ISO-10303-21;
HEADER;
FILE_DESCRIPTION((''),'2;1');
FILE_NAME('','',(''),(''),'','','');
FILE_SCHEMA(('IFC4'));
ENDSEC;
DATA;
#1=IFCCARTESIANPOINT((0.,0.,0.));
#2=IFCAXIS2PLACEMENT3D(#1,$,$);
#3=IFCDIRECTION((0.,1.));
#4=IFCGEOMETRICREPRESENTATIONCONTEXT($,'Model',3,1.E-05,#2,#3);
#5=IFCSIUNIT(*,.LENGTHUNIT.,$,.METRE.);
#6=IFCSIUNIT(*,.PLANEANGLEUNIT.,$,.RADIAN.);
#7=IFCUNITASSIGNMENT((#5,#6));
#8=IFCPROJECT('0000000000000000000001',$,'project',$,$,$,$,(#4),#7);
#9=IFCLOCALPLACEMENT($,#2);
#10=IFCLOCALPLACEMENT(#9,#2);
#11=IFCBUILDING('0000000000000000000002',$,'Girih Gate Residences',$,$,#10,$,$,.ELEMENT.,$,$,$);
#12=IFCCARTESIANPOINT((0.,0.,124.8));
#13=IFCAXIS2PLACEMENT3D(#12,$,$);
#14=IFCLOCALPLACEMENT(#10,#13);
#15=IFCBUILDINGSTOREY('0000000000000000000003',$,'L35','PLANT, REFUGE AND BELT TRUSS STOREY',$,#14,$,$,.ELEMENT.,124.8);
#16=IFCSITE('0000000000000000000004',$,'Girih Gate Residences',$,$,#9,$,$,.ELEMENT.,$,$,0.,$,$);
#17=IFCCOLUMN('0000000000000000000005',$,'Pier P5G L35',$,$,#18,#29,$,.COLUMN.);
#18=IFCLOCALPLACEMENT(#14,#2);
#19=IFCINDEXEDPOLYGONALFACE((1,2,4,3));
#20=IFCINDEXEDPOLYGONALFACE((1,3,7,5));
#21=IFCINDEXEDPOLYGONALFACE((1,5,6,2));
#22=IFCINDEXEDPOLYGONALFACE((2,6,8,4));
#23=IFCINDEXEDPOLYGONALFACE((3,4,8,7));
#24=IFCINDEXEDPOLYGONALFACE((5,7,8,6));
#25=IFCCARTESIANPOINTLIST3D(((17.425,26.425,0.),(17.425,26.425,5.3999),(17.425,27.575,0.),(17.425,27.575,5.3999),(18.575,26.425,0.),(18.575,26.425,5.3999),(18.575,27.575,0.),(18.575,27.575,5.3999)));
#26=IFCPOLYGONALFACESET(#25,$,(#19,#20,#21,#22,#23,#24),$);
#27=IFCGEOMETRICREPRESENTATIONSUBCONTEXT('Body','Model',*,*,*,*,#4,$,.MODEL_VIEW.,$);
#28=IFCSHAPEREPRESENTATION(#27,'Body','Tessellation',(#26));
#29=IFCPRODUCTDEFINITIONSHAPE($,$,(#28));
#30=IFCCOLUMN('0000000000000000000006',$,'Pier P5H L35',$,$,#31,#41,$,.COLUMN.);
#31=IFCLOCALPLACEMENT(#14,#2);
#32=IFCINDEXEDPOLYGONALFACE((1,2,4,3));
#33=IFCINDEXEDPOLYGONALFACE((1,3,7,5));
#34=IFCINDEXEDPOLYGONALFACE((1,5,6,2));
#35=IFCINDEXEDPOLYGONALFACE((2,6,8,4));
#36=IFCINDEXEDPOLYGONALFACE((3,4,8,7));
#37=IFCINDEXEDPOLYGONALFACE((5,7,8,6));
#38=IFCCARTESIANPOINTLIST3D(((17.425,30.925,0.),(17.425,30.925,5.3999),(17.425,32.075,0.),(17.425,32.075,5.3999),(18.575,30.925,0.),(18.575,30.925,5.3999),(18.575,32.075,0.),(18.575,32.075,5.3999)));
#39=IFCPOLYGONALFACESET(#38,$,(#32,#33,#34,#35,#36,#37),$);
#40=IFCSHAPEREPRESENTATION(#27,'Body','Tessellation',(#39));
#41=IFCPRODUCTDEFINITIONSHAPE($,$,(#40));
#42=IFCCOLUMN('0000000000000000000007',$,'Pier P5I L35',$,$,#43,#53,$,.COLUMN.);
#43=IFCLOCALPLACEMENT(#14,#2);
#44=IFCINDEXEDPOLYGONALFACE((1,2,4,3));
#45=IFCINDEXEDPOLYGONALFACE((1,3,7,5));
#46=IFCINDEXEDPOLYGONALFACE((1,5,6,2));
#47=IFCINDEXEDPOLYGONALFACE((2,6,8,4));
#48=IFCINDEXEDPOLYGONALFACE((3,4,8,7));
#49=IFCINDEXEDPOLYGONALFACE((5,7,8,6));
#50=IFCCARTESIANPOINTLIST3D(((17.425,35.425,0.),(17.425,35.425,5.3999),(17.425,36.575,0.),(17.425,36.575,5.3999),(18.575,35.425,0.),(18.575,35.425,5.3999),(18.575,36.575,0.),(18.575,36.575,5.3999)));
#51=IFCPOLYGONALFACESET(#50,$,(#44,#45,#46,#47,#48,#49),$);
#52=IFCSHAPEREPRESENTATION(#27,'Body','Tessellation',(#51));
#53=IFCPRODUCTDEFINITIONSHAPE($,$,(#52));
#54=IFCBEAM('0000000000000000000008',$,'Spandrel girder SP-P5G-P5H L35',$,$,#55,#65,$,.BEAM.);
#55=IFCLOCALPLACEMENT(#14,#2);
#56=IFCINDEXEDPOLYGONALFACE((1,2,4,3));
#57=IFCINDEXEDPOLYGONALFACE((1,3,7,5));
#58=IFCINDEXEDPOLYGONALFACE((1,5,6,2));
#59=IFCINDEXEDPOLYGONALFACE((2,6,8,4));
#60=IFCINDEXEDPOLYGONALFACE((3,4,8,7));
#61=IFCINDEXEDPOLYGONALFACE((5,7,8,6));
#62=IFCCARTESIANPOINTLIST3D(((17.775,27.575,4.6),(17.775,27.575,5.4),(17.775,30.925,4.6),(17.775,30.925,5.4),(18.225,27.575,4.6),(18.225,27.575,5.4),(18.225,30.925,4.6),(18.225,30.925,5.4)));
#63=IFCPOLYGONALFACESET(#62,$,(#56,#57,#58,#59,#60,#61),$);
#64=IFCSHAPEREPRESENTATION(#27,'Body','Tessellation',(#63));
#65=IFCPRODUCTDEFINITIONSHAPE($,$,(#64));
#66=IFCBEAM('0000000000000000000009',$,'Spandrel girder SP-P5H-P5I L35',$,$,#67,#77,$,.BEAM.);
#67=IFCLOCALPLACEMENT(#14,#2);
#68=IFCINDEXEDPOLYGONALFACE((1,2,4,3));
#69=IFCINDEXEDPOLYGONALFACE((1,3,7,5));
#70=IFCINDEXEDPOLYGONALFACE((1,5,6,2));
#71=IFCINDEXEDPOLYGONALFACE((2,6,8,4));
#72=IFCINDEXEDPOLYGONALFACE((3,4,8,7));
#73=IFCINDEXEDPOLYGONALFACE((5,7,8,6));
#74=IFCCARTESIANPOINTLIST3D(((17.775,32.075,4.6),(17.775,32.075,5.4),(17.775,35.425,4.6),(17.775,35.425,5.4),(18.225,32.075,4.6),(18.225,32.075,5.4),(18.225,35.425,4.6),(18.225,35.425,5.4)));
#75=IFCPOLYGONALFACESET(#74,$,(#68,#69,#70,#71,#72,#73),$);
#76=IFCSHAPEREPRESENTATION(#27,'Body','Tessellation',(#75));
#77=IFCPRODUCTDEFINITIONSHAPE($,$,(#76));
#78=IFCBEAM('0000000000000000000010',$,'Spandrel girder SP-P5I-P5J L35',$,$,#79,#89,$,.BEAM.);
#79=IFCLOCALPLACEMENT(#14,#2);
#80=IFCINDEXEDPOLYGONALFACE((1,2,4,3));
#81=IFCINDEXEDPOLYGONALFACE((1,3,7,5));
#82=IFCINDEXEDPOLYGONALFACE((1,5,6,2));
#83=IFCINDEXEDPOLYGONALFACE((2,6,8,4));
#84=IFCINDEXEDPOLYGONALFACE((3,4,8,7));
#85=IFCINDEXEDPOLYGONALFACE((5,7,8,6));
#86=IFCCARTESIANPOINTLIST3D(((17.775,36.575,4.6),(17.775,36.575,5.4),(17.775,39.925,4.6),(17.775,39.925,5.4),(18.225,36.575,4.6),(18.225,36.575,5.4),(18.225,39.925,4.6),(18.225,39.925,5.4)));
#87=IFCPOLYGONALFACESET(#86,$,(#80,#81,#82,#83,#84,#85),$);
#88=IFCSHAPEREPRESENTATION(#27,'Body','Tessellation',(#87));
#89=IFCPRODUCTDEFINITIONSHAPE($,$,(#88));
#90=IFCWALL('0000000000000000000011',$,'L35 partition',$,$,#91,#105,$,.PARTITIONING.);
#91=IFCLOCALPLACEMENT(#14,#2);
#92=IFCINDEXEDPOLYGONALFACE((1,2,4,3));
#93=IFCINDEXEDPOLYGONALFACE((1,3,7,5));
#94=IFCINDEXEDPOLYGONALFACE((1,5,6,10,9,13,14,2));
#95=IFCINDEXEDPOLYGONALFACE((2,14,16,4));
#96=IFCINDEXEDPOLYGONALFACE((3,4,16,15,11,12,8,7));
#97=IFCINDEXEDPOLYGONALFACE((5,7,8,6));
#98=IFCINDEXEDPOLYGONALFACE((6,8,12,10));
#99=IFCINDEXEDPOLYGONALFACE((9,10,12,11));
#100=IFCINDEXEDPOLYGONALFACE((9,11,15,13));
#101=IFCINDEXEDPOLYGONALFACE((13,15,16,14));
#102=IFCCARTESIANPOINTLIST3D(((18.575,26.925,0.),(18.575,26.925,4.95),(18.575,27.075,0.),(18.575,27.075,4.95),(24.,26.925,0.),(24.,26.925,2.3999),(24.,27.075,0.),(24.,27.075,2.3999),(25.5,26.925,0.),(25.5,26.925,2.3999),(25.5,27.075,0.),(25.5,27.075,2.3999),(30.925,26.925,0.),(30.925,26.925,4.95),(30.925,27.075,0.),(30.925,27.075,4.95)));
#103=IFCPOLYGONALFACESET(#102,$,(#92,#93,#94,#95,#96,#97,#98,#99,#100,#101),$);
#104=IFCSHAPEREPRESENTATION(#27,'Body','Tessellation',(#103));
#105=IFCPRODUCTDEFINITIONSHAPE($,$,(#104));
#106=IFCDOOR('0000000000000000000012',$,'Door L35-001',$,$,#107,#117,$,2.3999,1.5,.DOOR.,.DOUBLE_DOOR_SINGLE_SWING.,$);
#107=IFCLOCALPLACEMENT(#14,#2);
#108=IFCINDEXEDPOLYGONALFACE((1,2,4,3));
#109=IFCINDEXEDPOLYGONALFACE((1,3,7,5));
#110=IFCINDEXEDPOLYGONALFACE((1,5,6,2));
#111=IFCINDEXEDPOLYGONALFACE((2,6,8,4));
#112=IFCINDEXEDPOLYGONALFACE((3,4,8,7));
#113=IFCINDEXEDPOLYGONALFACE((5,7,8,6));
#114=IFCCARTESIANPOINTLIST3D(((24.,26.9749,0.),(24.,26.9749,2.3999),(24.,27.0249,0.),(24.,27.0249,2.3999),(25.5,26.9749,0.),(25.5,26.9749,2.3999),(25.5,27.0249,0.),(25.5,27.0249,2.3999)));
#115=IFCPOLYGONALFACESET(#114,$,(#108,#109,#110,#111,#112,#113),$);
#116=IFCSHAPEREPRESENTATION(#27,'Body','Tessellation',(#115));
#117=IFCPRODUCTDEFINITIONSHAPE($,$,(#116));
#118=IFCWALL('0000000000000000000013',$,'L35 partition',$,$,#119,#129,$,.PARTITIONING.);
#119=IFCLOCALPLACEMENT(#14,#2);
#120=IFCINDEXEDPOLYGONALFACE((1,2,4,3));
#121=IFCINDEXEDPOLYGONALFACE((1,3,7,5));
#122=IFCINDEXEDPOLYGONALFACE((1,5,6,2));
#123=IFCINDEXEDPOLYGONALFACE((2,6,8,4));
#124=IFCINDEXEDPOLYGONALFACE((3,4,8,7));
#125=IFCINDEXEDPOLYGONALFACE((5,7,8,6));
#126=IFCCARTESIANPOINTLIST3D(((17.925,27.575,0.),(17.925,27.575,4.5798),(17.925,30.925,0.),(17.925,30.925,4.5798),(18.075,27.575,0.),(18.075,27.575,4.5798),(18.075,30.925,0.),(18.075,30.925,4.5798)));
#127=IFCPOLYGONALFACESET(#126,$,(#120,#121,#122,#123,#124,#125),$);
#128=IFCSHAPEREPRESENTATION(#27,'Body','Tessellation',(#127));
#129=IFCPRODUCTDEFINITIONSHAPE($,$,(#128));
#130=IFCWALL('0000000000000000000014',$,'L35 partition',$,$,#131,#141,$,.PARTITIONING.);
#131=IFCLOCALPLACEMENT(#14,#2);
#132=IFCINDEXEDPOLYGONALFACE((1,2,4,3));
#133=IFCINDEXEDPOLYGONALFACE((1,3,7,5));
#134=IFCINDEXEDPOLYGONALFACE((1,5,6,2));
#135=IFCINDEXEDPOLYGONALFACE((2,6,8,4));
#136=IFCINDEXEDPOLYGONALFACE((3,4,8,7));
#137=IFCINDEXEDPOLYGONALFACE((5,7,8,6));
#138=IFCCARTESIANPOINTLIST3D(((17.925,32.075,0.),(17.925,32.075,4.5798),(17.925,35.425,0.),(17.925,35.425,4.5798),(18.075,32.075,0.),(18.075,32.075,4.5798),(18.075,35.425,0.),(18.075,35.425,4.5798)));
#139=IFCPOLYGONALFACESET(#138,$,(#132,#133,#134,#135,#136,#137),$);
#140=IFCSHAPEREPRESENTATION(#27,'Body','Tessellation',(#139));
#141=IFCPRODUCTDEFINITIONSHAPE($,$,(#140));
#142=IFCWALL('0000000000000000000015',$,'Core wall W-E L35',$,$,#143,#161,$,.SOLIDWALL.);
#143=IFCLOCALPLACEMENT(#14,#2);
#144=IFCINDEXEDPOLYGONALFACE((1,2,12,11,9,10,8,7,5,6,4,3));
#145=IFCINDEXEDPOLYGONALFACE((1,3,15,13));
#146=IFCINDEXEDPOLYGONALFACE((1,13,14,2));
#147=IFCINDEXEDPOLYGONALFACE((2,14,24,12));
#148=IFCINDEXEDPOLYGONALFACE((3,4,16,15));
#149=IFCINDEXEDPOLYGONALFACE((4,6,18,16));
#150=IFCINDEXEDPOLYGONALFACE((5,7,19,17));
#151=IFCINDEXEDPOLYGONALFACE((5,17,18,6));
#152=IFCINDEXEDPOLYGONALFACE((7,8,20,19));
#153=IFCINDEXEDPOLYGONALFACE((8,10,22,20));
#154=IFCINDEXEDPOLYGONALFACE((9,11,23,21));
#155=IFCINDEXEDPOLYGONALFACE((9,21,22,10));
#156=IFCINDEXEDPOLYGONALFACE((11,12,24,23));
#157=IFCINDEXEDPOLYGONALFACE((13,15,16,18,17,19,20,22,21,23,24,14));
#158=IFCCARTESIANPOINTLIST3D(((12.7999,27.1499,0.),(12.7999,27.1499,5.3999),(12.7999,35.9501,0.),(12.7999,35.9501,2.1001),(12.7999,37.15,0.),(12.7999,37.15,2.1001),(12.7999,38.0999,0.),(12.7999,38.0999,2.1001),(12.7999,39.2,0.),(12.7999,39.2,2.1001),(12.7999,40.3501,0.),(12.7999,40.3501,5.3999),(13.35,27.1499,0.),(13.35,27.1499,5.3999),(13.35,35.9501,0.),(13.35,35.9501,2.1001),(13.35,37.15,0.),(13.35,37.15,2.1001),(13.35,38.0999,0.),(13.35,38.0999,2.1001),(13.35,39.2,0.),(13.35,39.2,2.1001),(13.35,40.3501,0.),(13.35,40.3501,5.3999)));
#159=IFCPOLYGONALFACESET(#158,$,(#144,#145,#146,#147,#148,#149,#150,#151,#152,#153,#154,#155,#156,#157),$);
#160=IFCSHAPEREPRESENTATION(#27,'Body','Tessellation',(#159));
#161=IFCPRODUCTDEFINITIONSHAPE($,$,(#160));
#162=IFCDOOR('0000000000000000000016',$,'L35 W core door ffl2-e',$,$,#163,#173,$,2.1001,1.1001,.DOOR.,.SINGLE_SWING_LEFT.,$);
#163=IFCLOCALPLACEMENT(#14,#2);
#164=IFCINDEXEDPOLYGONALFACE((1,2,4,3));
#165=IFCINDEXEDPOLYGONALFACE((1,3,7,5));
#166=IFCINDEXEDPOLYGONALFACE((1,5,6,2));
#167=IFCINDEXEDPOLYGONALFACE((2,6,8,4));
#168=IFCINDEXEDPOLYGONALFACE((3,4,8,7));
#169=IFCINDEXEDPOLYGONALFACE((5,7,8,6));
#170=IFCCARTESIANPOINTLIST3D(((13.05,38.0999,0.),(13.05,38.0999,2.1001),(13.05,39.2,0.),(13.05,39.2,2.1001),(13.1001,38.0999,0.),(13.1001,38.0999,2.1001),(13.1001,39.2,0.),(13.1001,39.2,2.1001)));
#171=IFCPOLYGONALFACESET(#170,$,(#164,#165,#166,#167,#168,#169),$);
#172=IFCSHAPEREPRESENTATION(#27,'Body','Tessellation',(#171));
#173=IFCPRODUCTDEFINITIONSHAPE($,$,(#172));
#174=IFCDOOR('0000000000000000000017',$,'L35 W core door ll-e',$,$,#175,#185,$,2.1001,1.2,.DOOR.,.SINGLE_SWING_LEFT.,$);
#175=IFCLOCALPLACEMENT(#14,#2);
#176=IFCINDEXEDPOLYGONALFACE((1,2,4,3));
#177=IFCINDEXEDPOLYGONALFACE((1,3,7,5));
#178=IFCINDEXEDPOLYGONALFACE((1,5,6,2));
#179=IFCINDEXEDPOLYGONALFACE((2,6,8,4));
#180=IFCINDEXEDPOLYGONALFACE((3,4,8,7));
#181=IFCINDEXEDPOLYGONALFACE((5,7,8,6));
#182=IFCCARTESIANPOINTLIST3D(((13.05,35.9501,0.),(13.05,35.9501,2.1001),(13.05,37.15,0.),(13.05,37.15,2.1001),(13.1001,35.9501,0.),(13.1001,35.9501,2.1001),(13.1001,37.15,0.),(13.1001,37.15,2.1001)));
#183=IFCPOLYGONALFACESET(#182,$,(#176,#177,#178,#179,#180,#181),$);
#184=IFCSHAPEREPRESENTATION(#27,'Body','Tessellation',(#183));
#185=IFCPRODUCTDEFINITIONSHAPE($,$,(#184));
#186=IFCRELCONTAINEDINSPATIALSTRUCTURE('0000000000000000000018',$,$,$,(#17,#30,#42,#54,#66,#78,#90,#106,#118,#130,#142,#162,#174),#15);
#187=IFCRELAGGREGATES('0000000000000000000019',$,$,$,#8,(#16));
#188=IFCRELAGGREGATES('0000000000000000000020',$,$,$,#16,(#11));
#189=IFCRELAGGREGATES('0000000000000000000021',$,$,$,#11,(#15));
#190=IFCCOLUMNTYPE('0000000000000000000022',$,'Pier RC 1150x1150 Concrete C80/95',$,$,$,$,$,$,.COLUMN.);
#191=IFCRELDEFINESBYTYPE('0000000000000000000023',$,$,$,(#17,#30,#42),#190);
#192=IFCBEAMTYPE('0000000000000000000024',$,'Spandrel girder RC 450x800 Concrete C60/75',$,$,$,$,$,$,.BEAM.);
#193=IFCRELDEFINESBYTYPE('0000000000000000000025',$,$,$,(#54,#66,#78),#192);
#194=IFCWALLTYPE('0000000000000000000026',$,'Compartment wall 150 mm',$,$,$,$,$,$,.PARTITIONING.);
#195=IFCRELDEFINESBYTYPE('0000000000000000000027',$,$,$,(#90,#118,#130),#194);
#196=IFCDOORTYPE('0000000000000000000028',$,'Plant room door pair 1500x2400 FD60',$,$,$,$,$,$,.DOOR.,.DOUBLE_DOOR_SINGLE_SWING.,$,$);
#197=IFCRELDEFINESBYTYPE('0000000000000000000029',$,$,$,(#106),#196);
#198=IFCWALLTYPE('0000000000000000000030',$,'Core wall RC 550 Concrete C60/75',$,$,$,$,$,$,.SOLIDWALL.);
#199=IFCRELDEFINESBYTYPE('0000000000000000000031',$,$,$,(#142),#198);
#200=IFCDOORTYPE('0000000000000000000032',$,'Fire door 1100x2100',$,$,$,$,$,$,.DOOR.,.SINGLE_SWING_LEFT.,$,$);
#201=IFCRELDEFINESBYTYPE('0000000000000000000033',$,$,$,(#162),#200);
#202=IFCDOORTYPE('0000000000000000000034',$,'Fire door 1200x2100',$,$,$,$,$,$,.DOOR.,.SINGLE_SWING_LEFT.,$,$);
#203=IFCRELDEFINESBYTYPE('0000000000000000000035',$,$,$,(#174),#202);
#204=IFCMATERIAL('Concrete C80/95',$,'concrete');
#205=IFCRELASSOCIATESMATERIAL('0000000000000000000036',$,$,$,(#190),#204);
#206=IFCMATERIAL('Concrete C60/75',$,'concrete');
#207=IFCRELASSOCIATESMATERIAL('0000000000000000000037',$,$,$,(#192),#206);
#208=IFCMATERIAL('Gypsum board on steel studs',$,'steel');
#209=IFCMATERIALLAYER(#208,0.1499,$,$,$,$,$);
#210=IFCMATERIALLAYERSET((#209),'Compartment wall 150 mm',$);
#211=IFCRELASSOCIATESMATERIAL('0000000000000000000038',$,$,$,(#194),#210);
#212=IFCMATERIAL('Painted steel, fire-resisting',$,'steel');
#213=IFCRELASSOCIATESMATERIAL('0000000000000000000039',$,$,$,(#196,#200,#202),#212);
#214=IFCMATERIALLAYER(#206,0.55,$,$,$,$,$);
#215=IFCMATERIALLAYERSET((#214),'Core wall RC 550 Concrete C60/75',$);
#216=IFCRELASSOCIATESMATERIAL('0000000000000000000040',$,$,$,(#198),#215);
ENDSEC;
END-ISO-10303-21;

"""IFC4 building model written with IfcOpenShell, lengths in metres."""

from ifc_helpers import new_model, si_unit, direction, frame, frame_2d, origin, origin_2d, place, context, subcontext, project, spatial, rectangle, extrude, material, layer, layer_set, material_profile, profile_set, type_object, element, fill, save


model = new_model("IFC4")

# Units and contexts
model_context = context("Model", 3, precision=1e-05, world=origin(), true_north=direction((0.0, 1.0)))
body_context = subcontext(model_context, "Body", "Model", "MODEL_VIEW")
ifc_project = project(units=[si_unit("LENGTHUNIT", "METRE"), si_unit("PLANEANGLEUNIT", "RADIAN")], contexts=[model_context])

# Site, building, storey
site_placement = place(None, origin())
site = spatial("IfcSite", under=ifc_project, at=site_placement, Name="Girih Gate Residences", CompositionType="ELEMENT", RefElevation=0.0)
building_placement = place(site_placement, origin())
building = spatial("IfcBuilding", under=site, at=building_placement, Name="Girih Gate Residences", CompositionType="ELEMENT")
storey_placement = place(building_placement, frame((0.0, 0.0, 124.8)))
storey = spatial("IfcBuildingStorey", under=building, at=storey_placement, Name="L35", Description="PLANT, REFUGE AND BELT TRUSS STOREY", CompositionType="ELEMENT", Elevation=124.8)

# Columns
ifc_material_1 = material(Name="Concrete C80/95", Category="concrete")
ifc_material_profile_1 = material_profile(ifc_material_1, rectangle(XDim=1.1499, YDim=1.1499, at=origin_2d()))
ifc_profile_set_1 = profile_set([ifc_material_profile_1], Name="Concrete C80/95")
column_type = type_object("IfcColumnType", Name="Pier RC 1150x1150 Concrete C80/95", PredefinedType="COLUMN", material=ifc_profile_set_1)
for number, where, z_axis, x_axis, name in (
    (1, (18.0, 27.0, 0.0), (0.0, 0.0, 1.0), (1.0, 0.0, 0.0), "Pier P5G L35"),
    (2, (18.0, 31.5, 0.0), (0.0, 0.0, 1.0), (1.0, 0.0, 0.0), "Pier P5H L35"),
    (3, (18.0, 36.0, 0.0), (0.0, 0.0, 1.0), (1.0, 0.0, 0.0), "Pier P5I L35"),
):
    element("IfcColumn", number, at=place(storey_placement, frame(where, z_axis=z_axis, x_axis=x_axis)), inside=storey, type_object=column_type, Name=name, PredefinedType="COLUMN", context=body_context, shape_type="SweptSolid", body=[
        extrude(rectangle(XDim=1.1499, YDim=1.1499, at=origin_2d()), origin(), (0.0, 0.0, 1.0), 5.3999),
    ])

# Beams
ifc_material_2 = material(Name="Concrete C60/75", Category="concrete")
ifc_material_profile_2 = material_profile(ifc_material_2, rectangle(XDim=0.45, YDim=0.8, at=origin_2d()))
ifc_profile_set_2 = profile_set([ifc_material_profile_2], Name="Concrete C60/75")
beam_type = type_object("IfcBeamType", Name="Spandrel girder RC 450x800 Concrete C60/75", PredefinedType="BEAM", material=ifc_profile_set_2)
for number, where, z_axis, x_axis, name in (
    (4, (18.0, 27.575, 5.0), (0.0, 1.0, 0.0), (-1.0, 0.0, 0.0), "Spandrel girder SP-P5G-P5H L35"),
    (5, (18.0, 32.075, 5.0), (0.0, 1.0, 0.0), (-1.0, 0.0, 0.0), "Spandrel girder SP-P5H-P5I L35"),
    (6, (18.0, 36.575, 5.0), (0.0, 1.0, 0.0), (-1.0, 0.0, 0.0), "Spandrel girder SP-P5I-P5J L35"),
):
    element("IfcBeam", number, at=place(storey_placement, frame(where, z_axis=z_axis, x_axis=x_axis)), inside=storey, type_object=beam_type, Name=name, PredefinedType="BEAM", context=body_context, shape_type="SweptSolid", body=[
        extrude(rectangle(XDim=0.45, YDim=0.8, at=origin_2d()), origin(), (0.0, 0.0, 1.0), 3.3501),
    ])

# Wall, opening, door
ifc_material_3 = material(Name="Gypsum board on steel studs", Category="steel")
ifc_layer_1 = layer(ifc_material_3, 0.1499)
ifc_layer_set_1 = layer_set([ifc_layer_1], Name="Compartment wall 150 mm")
wall_type_1 = type_object("IfcWallType", Name="Compartment wall 150 mm", PredefinedType="PARTITIONING", material=ifc_layer_set_1)
wall_1_placement = place(storey_placement, frame((18.575, 27.0, 0.0), z_axis=(0.0, 0.0, 1.0), x_axis=(1.0, 0.0, 0.0)))
wall_1 = element("IfcWall", 7, at=wall_1_placement, inside=storey, type_object=wall_type_1, Name="L35 partition", PredefinedType="PARTITIONING", context=body_context, shape_type="SweptSolid", body=[
    extrude(rectangle(XDim=12.3501, YDim=0.1499, at=frame_2d((6.175, 0.0))), origin(), (0.0, 0.0, 1.0), 4.95),
])
opening_1_placement = place(wall_1_placement, frame((5.425, 0.0, 0.0)))
opening_1 = element("IfcOpeningElement", 8, at=opening_1_placement, cuts=wall_1, PredefinedType="OPENING", context=body_context, shape_type="SweptSolid", body=[
    extrude(rectangle(XDim=1.5, YDim=2.3999, at=frame_2d((0.75, 1.2))), frame((0.0, 0.085, 0.0), z_axis=(0.0, -1.0, 0.0), x_axis=(1.0, 0.0, 0.0)), (0.0, 0.0, 1.0), 0.1699),
])
ifc_material_4 = material(Name="Painted steel, fire-resisting", Category="steel")
door_type_1 = type_object("IfcDoorType", Name="Plant room door pair 1500x2400 FD60", OperationType="DOUBLE_DOOR_SINGLE_SWING", PredefinedType="DOOR", material=ifc_material_4)
door_1_placement = place(opening_1_placement, origin())
door_1 = element("IfcDoor", 9, at=door_1_placement, inside=storey, type_object=door_type_1, Name="Door L35-001", OperationType="DOUBLE_DOOR_SINGLE_SWING", OverallHeight=2.3999, OverallWidth=1.5, PredefinedType="DOOR", context=body_context, shape_type="SweptSolid", body=[
    extrude(rectangle(XDim=1.5, YDim=2.3999, at=frame_2d((0.75, 1.2))), frame((0.0, 0.0249, 0.0), z_axis=(0.0, -1.0, 0.0), x_axis=(1.0, 0.0, 0.0)), (0.0, 0.0, 1.0), 0.05),
])
fill(opening_1, door_1)

# Walls
for number, where, z_axis, x_axis, name in (
    (10, (18.0, 27.575, 0.0), (0.0, 0.0, 1.0), (0.0, 1.0, 0.0), "L35 partition"),
    (11, (18.0, 32.075, 0.0), (0.0, 0.0, 1.0), (0.0, 1.0, 0.0), "L35 partition"),
):
    element("IfcWall", number, at=place(storey_placement, frame(where, z_axis=z_axis, x_axis=x_axis)), inside=storey, type_object=wall_type_1, Name=name, PredefinedType="PARTITIONING", context=body_context, shape_type="SweptSolid", body=[
        extrude(rectangle(XDim=3.3501, YDim=0.1499, at=frame_2d((1.675, 0.0))), origin(), (0.0, 0.0, 1.0), 4.5798),
    ])

# Wall, openings, doors
ifc_layer_2 = layer(ifc_material_2, 0.55)
ifc_layer_set_2 = layer_set([ifc_layer_2], Name="Core wall RC 550 Concrete C60/75")
wall_type_2 = type_object("IfcWallType", Name="Core wall RC 550 Concrete C60/75", PredefinedType="SOLIDWALL", material=ifc_layer_set_2)
wall_2_placement = place(storey_placement, frame((13.075, 27.1499, 0.0), z_axis=(0.0, 0.0, 1.0), x_axis=(0.0, 1.0, 0.0)))
wall_2 = element("IfcWall", 12, at=wall_2_placement, inside=storey, type_object=wall_type_2, Name="Core wall W-E L35", PredefinedType="SOLIDWALL", context=body_context, shape_type="SweptSolid", body=[
    extrude(rectangle(XDim=13.2002, YDim=0.55, at=frame_2d((6.6001, 0.0))), origin(), (0.0, 0.0, 1.0), 5.3999),
])
opening_2_placement = place(wall_2_placement, frame((10.95, 0.0, 0.0)))
opening_2 = element("IfcOpeningElement", 13, at=opening_2_placement, cuts=wall_2, PredefinedType="OPENING", context=body_context, shape_type="SweptSolid", body=[
    extrude(rectangle(XDim=1.1001, YDim=2.1001, at=frame_2d((0.55, 1.05))), frame((0.0, 0.2849, 0.0), z_axis=(0.0, -1.0, 0.0), x_axis=(1.0, 0.0, 0.0)), (0.0, 0.0, 1.0), 0.5701),
])
opening_3_placement = place(wall_2_placement, frame((8.8, 0.0, 0.0)))
opening_3 = element("IfcOpeningElement", 14, at=opening_3_placement, cuts=wall_2, PredefinedType="OPENING", context=body_context, shape_type="SweptSolid", body=[
    extrude(rectangle(XDim=1.2, YDim=2.1001, at=frame_2d((0.6001, 1.05))), frame((0.0, 0.2849, 0.0), z_axis=(0.0, -1.0, 0.0), x_axis=(1.0, 0.0, 0.0)), (0.0, 0.0, 1.0), 0.5701),
])
door_type_2 = type_object("IfcDoorType", Name="Fire door 1100x2100", OperationType="SINGLE_SWING_LEFT", PredefinedType="DOOR", material=ifc_material_4)
door_2_placement = place(opening_2_placement, origin())
door_2 = element("IfcDoor", 15, at=door_2_placement, inside=storey, type_object=door_type_2, Name="L35 W core door ffl2-e", OperationType="SINGLE_SWING_LEFT", OverallHeight=2.1001, OverallWidth=1.1001, PredefinedType="DOOR", context=body_context, shape_type="SweptSolid", body=[
    extrude(rectangle(XDim=1.1001, YDim=2.1001, at=frame_2d((0.55, 1.05))), frame((0.0, 0.0249, 0.0), z_axis=(0.0, -1.0, 0.0), x_axis=(1.0, 0.0, 0.0)), (0.0, 0.0, 1.0), 0.05),
])
fill(opening_2, door_2)
door_type_3 = type_object("IfcDoorType", Name="Fire door 1200x2100", OperationType="SINGLE_SWING_LEFT", PredefinedType="DOOR", material=ifc_material_4)
door_3_placement = place(opening_3_placement, origin())
door_3 = element("IfcDoor", 16, at=door_3_placement, inside=storey, type_object=door_type_3, Name="L35 W core door ll-e", OperationType="SINGLE_SWING_LEFT", OverallHeight=2.1001, OverallWidth=1.2, PredefinedType="DOOR", context=body_context, shape_type="SweptSolid", body=[
    extrude(rectangle(XDim=1.2, YDim=2.1001, at=frame_2d((0.6001, 1.05))), frame((0.0, 0.0249, 0.0), z_axis=(0.0, -1.0, 0.0), x_axis=(1.0, 0.0, 0.0)), (0.0, 0.0, 1.0), 0.05),
])
fill(opening_3, door_3)

save(model, "model.ifc")
